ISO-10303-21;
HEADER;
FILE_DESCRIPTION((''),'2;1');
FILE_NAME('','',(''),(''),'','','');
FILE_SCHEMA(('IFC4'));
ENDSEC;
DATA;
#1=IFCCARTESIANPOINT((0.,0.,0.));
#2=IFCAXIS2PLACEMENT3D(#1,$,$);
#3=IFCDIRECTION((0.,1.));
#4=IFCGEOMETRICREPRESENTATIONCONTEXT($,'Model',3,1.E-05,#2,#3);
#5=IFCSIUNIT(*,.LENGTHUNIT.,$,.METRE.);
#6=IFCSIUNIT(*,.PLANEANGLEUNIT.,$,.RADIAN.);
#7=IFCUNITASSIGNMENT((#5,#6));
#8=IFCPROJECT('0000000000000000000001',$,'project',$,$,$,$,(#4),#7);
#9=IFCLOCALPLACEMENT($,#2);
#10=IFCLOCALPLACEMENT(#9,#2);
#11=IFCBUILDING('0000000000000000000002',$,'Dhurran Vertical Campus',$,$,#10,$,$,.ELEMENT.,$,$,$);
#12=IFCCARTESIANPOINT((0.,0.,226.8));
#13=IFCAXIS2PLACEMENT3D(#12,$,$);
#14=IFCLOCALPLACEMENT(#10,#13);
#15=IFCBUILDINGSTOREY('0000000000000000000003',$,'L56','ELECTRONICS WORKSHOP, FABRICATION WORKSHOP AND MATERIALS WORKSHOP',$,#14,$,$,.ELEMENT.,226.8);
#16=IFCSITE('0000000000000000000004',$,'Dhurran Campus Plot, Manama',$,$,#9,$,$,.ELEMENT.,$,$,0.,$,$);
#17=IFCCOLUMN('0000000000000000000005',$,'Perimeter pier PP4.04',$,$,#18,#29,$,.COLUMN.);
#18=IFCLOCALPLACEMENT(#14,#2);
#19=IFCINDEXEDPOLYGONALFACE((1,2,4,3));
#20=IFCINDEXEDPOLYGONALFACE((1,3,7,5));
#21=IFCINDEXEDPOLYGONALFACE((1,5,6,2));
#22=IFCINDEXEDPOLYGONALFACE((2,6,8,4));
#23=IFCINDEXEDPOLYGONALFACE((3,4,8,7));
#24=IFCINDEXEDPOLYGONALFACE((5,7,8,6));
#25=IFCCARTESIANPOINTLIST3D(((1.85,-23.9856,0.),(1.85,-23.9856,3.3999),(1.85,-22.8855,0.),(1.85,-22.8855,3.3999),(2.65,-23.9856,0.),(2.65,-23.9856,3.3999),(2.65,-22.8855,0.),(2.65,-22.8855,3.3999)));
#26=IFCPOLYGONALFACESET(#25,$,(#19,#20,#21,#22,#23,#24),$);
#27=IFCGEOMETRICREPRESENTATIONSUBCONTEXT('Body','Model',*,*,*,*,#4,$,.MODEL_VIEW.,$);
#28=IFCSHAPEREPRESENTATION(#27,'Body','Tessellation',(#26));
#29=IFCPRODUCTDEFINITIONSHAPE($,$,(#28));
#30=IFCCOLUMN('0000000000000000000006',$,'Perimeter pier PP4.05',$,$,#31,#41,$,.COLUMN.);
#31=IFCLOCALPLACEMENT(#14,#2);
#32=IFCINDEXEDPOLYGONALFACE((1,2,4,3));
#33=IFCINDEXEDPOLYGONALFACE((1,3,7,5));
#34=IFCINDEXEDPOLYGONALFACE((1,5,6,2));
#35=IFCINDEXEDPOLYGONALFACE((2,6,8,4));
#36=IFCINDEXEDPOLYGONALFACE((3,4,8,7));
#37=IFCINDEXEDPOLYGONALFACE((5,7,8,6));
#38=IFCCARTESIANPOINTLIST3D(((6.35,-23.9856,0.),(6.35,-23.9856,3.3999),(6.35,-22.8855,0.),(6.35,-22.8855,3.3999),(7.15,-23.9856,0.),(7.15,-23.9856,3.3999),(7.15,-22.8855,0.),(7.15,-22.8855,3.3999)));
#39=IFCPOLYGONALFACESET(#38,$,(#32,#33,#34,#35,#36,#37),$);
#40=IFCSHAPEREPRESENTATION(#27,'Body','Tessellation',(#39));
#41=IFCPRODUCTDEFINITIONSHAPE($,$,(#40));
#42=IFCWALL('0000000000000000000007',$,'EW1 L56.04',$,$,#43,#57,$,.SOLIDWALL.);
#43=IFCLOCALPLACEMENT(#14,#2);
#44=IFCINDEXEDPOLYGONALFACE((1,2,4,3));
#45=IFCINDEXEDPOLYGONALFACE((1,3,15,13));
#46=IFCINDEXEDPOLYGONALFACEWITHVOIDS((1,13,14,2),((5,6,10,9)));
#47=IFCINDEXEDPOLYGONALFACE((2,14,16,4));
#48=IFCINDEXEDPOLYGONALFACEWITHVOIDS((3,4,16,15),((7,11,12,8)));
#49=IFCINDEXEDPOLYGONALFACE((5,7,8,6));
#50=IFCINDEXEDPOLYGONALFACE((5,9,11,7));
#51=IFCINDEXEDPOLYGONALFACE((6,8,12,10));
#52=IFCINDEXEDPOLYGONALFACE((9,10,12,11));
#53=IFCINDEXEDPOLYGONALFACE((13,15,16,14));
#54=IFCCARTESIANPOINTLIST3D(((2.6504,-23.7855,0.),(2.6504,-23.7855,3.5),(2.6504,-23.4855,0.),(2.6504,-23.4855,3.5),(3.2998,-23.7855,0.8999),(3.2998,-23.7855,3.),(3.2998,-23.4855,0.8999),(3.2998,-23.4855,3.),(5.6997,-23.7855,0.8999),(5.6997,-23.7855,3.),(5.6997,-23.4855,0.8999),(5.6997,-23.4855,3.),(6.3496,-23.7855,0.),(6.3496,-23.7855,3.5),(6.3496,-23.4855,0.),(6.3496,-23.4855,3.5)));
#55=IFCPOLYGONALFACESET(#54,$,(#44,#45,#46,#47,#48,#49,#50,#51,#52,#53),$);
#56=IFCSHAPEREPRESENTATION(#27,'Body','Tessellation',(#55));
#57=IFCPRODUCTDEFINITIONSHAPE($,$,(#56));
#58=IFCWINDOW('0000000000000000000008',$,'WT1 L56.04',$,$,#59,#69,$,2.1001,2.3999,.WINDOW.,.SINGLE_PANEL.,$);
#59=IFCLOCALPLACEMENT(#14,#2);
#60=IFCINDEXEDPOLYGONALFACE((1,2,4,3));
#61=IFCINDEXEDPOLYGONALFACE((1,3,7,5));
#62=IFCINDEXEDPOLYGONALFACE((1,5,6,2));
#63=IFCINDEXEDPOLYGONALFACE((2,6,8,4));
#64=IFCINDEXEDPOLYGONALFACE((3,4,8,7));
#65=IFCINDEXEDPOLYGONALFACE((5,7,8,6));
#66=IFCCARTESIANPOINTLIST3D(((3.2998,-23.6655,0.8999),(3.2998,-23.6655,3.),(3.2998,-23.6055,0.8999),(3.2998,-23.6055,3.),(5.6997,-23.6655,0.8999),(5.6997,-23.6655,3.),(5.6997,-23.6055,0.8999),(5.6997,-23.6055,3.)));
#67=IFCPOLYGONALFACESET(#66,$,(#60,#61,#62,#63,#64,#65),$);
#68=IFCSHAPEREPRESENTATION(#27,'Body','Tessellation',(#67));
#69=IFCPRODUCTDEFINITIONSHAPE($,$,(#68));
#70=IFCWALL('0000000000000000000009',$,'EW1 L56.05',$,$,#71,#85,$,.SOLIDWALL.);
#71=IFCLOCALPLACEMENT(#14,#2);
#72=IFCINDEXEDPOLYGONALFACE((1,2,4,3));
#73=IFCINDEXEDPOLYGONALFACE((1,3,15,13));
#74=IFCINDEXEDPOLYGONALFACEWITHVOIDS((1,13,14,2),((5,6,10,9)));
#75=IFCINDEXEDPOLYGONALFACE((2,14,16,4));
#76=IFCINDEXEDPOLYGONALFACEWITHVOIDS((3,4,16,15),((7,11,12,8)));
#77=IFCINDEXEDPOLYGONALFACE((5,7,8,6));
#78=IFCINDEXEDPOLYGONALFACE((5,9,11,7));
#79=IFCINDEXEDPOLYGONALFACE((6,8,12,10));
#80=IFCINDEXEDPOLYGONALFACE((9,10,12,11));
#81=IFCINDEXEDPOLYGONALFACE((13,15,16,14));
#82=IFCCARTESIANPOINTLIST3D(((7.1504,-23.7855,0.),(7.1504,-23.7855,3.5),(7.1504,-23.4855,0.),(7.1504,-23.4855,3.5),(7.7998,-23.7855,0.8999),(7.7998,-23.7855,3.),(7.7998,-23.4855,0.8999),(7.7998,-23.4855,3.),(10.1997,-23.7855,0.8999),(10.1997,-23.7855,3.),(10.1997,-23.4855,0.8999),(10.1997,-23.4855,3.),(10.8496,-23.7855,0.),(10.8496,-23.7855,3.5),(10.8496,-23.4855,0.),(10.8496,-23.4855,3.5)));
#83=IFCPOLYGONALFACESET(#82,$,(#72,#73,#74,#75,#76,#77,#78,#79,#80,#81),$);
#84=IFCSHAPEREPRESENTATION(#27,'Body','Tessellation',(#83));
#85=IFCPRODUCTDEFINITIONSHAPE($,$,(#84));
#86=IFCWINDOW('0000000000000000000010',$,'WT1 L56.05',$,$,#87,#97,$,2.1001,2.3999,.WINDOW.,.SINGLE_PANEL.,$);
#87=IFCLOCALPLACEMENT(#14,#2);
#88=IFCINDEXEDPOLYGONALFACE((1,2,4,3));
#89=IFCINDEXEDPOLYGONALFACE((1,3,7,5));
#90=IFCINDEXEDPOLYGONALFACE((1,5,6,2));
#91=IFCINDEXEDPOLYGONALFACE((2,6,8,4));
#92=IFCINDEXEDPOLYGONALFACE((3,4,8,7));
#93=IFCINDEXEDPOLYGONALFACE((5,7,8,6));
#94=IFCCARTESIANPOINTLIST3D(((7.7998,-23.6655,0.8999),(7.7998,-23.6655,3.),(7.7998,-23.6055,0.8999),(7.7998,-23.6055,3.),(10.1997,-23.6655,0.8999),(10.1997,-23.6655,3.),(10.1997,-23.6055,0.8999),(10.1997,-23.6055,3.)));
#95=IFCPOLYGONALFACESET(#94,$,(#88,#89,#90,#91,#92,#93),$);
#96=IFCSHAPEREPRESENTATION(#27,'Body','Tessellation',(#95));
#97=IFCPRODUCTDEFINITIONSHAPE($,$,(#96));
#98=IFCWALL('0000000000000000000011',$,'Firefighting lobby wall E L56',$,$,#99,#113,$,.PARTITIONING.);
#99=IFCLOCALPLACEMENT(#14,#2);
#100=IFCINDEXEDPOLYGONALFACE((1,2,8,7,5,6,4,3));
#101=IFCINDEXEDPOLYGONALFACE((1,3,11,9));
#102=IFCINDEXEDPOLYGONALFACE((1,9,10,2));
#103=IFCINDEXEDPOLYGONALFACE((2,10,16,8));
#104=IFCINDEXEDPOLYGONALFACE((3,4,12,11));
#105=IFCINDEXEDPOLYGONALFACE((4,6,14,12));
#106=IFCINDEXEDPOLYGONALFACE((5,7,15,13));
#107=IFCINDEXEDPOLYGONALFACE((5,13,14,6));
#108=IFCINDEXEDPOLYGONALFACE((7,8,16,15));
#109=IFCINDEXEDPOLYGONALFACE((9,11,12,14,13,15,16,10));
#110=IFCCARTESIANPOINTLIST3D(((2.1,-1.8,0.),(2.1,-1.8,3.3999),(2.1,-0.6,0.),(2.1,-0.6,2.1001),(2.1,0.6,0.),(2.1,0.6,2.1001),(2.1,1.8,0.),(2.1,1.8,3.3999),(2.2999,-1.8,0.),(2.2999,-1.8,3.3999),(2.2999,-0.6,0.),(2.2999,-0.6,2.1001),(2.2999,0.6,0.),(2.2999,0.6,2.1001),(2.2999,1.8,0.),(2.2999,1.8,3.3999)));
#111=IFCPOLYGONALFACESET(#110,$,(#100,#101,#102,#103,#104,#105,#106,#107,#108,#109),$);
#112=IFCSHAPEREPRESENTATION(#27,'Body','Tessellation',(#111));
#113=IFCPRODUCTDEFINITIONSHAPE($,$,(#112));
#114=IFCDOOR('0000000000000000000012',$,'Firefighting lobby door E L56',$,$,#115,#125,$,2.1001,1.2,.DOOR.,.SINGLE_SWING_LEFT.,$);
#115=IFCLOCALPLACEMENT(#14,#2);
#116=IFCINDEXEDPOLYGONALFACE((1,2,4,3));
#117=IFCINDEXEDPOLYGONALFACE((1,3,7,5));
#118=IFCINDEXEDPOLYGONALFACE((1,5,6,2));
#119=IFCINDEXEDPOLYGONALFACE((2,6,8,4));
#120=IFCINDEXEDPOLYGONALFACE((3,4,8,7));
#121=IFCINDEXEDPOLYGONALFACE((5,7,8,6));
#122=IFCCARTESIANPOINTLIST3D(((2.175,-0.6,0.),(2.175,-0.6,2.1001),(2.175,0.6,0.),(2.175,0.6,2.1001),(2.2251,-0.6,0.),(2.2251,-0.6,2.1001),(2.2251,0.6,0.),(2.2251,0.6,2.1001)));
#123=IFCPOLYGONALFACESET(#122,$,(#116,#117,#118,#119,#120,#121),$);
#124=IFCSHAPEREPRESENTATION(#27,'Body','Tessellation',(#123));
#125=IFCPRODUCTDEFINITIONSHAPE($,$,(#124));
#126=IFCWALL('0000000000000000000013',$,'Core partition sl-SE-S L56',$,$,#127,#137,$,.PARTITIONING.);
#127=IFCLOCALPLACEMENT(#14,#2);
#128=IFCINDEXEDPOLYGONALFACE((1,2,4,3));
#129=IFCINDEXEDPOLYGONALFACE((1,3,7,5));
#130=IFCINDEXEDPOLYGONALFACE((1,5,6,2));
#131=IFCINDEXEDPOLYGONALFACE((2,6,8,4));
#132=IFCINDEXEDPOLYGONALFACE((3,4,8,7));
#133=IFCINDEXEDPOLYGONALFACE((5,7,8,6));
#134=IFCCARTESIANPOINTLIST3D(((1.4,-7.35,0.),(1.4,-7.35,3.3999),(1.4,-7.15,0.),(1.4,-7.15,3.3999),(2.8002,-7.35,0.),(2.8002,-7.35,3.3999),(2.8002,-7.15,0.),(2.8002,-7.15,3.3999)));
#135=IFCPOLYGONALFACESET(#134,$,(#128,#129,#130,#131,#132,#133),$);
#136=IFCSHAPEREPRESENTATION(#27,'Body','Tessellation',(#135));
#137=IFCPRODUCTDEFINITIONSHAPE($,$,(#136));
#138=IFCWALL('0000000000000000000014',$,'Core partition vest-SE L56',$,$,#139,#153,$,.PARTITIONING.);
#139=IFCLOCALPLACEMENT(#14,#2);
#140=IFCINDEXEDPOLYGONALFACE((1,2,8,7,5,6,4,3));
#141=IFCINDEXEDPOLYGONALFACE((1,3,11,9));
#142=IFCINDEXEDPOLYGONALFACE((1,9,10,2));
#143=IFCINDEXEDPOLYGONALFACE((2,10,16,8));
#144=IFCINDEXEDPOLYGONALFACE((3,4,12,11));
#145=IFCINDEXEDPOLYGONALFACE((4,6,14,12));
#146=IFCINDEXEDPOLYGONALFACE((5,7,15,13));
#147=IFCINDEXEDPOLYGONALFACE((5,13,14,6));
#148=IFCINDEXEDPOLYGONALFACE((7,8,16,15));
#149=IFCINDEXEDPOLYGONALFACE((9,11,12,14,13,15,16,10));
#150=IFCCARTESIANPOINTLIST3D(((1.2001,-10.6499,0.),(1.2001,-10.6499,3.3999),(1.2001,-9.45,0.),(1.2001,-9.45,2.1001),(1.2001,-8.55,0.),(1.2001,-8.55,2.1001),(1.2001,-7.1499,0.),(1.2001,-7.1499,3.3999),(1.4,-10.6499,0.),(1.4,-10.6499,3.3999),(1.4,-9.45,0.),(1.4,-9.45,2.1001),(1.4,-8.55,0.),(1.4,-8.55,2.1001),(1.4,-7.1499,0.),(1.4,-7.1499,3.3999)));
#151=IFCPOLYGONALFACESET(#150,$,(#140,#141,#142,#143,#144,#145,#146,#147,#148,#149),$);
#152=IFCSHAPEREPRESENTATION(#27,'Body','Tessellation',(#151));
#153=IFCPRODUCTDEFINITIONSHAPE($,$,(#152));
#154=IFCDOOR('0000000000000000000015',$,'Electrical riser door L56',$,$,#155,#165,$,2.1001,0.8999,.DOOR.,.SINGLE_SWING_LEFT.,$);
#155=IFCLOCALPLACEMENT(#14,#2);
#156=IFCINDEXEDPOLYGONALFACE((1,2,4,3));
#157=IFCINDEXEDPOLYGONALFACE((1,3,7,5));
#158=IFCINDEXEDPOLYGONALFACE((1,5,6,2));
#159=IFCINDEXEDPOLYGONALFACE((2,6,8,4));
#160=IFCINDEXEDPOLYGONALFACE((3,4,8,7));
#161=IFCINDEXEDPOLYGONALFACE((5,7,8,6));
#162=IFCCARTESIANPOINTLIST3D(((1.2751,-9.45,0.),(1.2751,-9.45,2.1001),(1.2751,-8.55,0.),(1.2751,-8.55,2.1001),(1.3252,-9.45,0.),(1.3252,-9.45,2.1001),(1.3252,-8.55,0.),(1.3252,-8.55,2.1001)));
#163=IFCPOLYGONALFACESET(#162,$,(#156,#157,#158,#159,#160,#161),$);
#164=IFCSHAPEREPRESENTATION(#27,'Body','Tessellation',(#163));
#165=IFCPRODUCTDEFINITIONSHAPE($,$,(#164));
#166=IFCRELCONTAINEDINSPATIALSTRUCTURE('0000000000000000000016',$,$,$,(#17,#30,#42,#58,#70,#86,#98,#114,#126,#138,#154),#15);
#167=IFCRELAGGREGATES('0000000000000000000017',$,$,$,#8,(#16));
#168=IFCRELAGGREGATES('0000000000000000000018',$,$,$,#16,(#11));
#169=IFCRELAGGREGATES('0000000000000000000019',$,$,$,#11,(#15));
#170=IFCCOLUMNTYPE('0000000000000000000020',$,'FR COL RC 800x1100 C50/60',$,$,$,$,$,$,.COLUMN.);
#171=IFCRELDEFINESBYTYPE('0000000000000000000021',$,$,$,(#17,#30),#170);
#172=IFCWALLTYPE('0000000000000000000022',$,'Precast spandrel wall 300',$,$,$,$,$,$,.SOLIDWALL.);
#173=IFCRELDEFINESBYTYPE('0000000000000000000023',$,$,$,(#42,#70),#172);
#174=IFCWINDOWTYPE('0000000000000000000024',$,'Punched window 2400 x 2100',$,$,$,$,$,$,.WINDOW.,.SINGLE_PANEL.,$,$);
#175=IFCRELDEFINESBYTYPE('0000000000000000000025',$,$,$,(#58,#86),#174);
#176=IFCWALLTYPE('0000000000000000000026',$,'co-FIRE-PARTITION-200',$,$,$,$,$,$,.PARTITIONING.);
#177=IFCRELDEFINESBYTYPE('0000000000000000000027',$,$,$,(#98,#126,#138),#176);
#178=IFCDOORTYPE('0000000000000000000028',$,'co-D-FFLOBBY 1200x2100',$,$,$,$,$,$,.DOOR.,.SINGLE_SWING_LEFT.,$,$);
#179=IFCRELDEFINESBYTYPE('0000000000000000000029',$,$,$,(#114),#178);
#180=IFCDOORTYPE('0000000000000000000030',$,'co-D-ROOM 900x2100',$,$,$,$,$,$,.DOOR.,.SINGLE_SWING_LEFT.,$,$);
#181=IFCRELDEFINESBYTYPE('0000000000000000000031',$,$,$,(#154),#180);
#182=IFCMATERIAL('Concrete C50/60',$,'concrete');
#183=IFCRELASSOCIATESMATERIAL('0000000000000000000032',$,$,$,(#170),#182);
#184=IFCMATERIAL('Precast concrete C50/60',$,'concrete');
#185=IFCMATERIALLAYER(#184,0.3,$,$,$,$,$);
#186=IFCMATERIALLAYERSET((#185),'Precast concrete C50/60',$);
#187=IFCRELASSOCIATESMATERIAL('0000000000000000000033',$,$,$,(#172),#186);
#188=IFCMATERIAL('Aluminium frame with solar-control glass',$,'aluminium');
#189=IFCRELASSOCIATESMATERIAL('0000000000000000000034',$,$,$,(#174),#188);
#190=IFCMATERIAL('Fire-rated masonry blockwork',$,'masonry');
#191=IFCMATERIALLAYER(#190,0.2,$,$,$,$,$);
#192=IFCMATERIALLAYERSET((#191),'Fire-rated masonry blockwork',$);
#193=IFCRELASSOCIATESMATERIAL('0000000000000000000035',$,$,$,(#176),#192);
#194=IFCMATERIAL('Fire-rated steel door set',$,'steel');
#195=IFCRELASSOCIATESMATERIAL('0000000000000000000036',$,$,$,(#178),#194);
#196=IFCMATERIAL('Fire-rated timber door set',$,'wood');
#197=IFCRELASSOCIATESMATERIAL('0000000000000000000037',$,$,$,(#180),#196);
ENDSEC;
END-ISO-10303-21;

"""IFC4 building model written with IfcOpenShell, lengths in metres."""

from ifc_helpers import new_model, si_unit, direction, frame, frame_2d, origin, origin_2d, place, context, subcontext, project, spatial, rectangle, extrude, material, layer, layer_set, material_profile, profile_set, type_object, element, fill, save


model = new_model("IFC4")

# Units and contexts
model_context = context("Model", 3, precision=1e-05, world=origin(), true_north=direction((0.0, 1.0)))
body_context = subcontext(model_context, "Body", "Model", "MODEL_VIEW")
ifc_project = project(units=[si_unit("LENGTHUNIT", "METRE"), si_unit("PLANEANGLEUNIT", "RADIAN")], contexts=[model_context])

# Site, building, storey
site_placement = place(None, origin())
site = spatial("IfcSite", under=ifc_project, at=site_placement, Name="Dhurran Campus Plot, Manama", CompositionType="ELEMENT", RefElevation=0.0)
building_placement = place(site_placement, origin())
building = spatial("IfcBuilding", under=site, at=building_placement, Name="Dhurran Vertical Campus", CompositionType="ELEMENT")
storey_placement = place(building_placement, frame((0.0, 0.0, 226.8)))
storey = spatial("IfcBuildingStorey", under=building, at=storey_placement, Name="L56", Description="ELECTRONICS WORKSHOP, FABRICATION WORKSHOP AND MATERIALS WORKSHOP", CompositionType="ELEMENT", Elevation=226.8)

# Columns
ifc_material_1 = material(Name="Concrete C50/60", Category="concrete")
ifc_material_profile = material_profile(ifc_material_1, rectangle(XDim=0.8, YDim=1.1001, at=origin_2d()), Name="RC 800x1100")
ifc_profile_set = profile_set([ifc_material_profile], Name="Concrete C50/60")
column_type = type_object("IfcColumnType", Name="FR COL RC 800x1100 C50/60", PredefinedType="COLUMN", material=ifc_profile_set)
for number, where, z_axis, x_axis, name in (
    (1, (2.25, -23.4355, 0.0), (0.0, 0.0, 1.0), (1.0, 0.0, 0.0), "Perimeter pier PP4.04"),
    (2, (6.75, -23.4355, 0.0), (0.0, 0.0, 1.0), (1.0, 0.0, 0.0), "Perimeter pier PP4.05"),
):
    element("IfcColumn", number, at=place(storey_placement, frame(where, z_axis=z_axis, x_axis=x_axis)), inside=storey, type_object=column_type, Name=name, PredefinedType="COLUMN", context=body_context, shape_type="SweptSolid", body=[
        extrude(rectangle(XDim=0.8, YDim=1.1001, at=origin_2d()), origin(), (0.0, 0.0, 1.0), 3.3999),
    ])

# Walls, openings, windows
ifc_material_2 = material(Name="Precast concrete C50/60", Category="concrete")
ifc_layer_1 = layer(ifc_material_2, 0.3)
ifc_layer_set_1 = layer_set([ifc_layer_1], Name="Precast concrete C50/60")
wall_type_1 = type_object("IfcWallType", Name="Precast spandrel wall 300", PredefinedType="SOLIDWALL", material=ifc_layer_set_1)
wall_1_placement = place(storey_placement, frame((2.6504, -23.6355, 0.0), z_axis=(0.0, 0.0, 1.0), x_axis=(1.0, 0.0, 0.0)))
wall_1 = element("IfcWall", 3, at=wall_1_placement, inside=storey, type_object=wall_type_1, Name="EW1 L56.04", PredefinedType="SOLIDWALL", context=body_context, shape_type="SweptSolid", body=[
    extrude(rectangle(XDim=3.6992, YDim=0.3, at=frame_2d((1.8496, 0.0))), origin(), (0.0, 0.0, 1.0), 3.5),
])
opening_1_placement = place(wall_1_placement, frame((0.6494, 0.0, 0.8999)))
opening_1 = element("IfcOpeningElement", 4, at=opening_1_placement, cuts=wall_1, PredefinedType="OPENING", context=body_context, shape_type="SweptSolid", body=[
    extrude(rectangle(XDim=2.3999, YDim=2.1001, at=frame_2d((1.2, 1.05))), frame((0.0, 0.1599, 0.0), z_axis=(0.0, -1.0, 0.0), x_axis=(1.0, 0.0, 0.0)), (0.0, 0.0, 1.0), 0.3201),
])
ifc_material_3 = material(Name="Aluminium frame with solar-control glass", Category="aluminium")
window_type = type_object("IfcWindowType", Name="Punched window 2400 x 2100", PartitioningType="SINGLE_PANEL", PredefinedType="WINDOW", material=ifc_material_3)
window_1_placement = place(opening_1_placement, origin())
window_1 = element("IfcWindow", 5, at=window_1_placement, inside=storey, type_object=window_type, Name="WT1 L56.04", OverallHeight=2.1001, OverallWidth=2.3999, PartitioningType="SINGLE_PANEL", PredefinedType="WINDOW", context=body_context, shape_type="SweptSolid", body=[
    extrude(rectangle(XDim=2.3999, YDim=2.1001, at=frame_2d((1.2, 1.05))), frame((0.0, 0.03, 0.0), z_axis=(0.0, -1.0, 0.0), x_axis=(1.0, 0.0, 0.0)), (0.0, 0.0, 1.0), 0.0601),
])
fill(opening_1, window_1)
wall_2_placement = place(storey_placement, frame((7.1504, -23.6355, 0.0), z_axis=(0.0, 0.0, 1.0), x_axis=(1.0, 0.0, 0.0)))
wall_2 = element("IfcWall", 6, at=wall_2_placement, inside=storey, type_object=wall_type_1, Name="EW1 L56.05", PredefinedType="SOLIDWALL", context=body_context, shape_type="SweptSolid", body=[
    extrude(rectangle(XDim=3.6992, YDim=0.3, at=frame_2d((1.8496, 0.0))), origin(), (0.0, 0.0, 1.0), 3.5),
])
opening_2_placement = place(wall_2_placement, frame((0.6494, 0.0, 0.8999)))
opening_2 = element("IfcOpeningElement", 7, at=opening_2_placement, cuts=wall_2, PredefinedType="OPENING", context=body_context, shape_type="SweptSolid", body=[
    extrude(rectangle(XDim=2.3999, YDim=2.1001, at=frame_2d((1.2, 1.05))), frame((0.0, 0.1599, 0.0), z_axis=(0.0, -1.0, 0.0), x_axis=(1.0, 0.0, 0.0)), (0.0, 0.0, 1.0), 0.3201),
])
window_2_placement = place(opening_2_placement, origin())
window_2 = element("IfcWindow", 8, at=window_2_placement, inside=storey, type_object=window_type, Name="WT1 L56.05", OverallHeight=2.1001, OverallWidth=2.3999, PartitioningType="SINGLE_PANEL", PredefinedType="WINDOW", context=body_context, shape_type="SweptSolid", body=[
    extrude(rectangle(XDim=2.3999, YDim=2.1001, at=frame_2d((1.2, 1.05))), frame((0.0, 0.03, 0.0), z_axis=(0.0, -1.0, 0.0), x_axis=(1.0, 0.0, 0.0)), (0.0, 0.0, 1.0), 0.0601),
])
fill(opening_2, window_2)

# Wall, opening, door
ifc_material_4 = material(Name="Fire-rated masonry blockwork", Category="masonry")
ifc_layer_2 = layer(ifc_material_4, 0.2)
ifc_layer_set_2 = layer_set([ifc_layer_2], Name="Fire-rated masonry blockwork")
wall_type_2 = type_object("IfcWallType", Name="co-FIRE-PARTITION-200", PredefinedType="PARTITIONING", material=ifc_layer_set_2)
wall_3_placement = place(storey_placement, frame((2.2, -1.8, 0.0), z_axis=(0.0, 0.0, 1.0), x_axis=(0.0, 1.0, 0.0)))
wall_3 = element("IfcWall", 9, at=wall_3_placement, inside=storey, type_object=wall_type_2, Name="Firefighting lobby wall E L56", PredefinedType="PARTITIONING", context=body_context, shape_type="SweptSolid", body=[
    extrude(rectangle(XDim=3.6001, YDim=0.2, at=frame_2d((1.8, 0.0))), origin(), (0.0, 0.0, 1.0), 3.3999),
])
opening_3_placement = place(wall_3_placement, frame((1.2, 0.0, 0.0)))
opening_3 = element("IfcOpeningElement", 10, at=opening_3_placement, cuts=wall_3, PredefinedType="OPENING", context=body_context, shape_type="SweptSolid", body=[
    extrude(rectangle(XDim=1.2, YDim=2.1001, at=frame_2d((0.6001, 1.05))), frame((0.0, 0.1099, 0.0), z_axis=(0.0, -1.0, 0.0), x_axis=(1.0, 0.0, 0.0)), (0.0, 0.0, 1.0), 0.22),
])
ifc_material_5 = material(Name="Fire-rated steel door set", Category="steel")
door_type_1 = type_object("IfcDoorType", Name="co-D-FFLOBBY 1200x2100", OperationType="SINGLE_SWING_LEFT", PredefinedType="DOOR", material=ifc_material_5)
door_1_placement = place(opening_3_placement, origin())
door_1 = element("IfcDoor", 11, at=door_1_placement, inside=storey, type_object=door_type_1, Name="Firefighting lobby door E L56", OperationType="SINGLE_SWING_LEFT", OverallHeight=2.1001, OverallWidth=1.2, PredefinedType="DOOR", context=body_context, shape_type="SweptSolid", body=[
    extrude(rectangle(XDim=1.2, YDim=2.1001, at=frame_2d((0.6001, 1.05))), frame((0.0, 0.0249, 0.0), z_axis=(0.0, -1.0, 0.0), x_axis=(1.0, 0.0, 0.0)), (0.0, 0.0, 1.0), 0.05),
])
fill(opening_3, door_1)

# Wall
wall_4_placement = place(storey_placement, frame((1.3999, -7.25, 0.0), z_axis=(0.0, 0.0, 1.0), x_axis=(1.0, 0.0, 0.0)))
element("IfcWall", 12, at=wall_4_placement, inside=storey, type_object=wall_type_2, Name="Core partition sl-SE-S L56", PredefinedType="PARTITIONING", context=body_context, shape_type="SweptSolid", body=[
    extrude(rectangle(XDim=1.4001, YDim=0.2, at=frame_2d((0.7002, 0.0))), origin(), (0.0, 0.0, 1.0), 3.3999),
])

# Wall, opening, door
wall_5_placement = place(storey_placement, frame((1.3, -10.6499, 0.0), z_axis=(0.0, 0.0, 1.0), x_axis=(0.0, 1.0, 0.0)))
wall_5 = element("IfcWall", 13, at=wall_5_placement, inside=storey, type_object=wall_type_2, Name="Core partition vest-SE L56", PredefinedType="PARTITIONING", context=body_context, shape_type="SweptSolid", body=[
    extrude(rectangle(XDim=3.5, YDim=0.2, at=frame_2d((1.75, 0.0))), origin(), (0.0, 0.0, 1.0), 3.3999),
])
opening_4_placement = place(wall_5_placement, frame((1.2, 0.0, 0.0)))
opening_4 = element("IfcOpeningElement", 14, at=opening_4_placement, cuts=wall_5, PredefinedType="OPENING", context=body_context, shape_type="SweptSolid", body=[
    extrude(rectangle(XDim=0.8999, YDim=2.1001, at=frame_2d((0.45, 1.05))), frame((0.0, 0.1099, 0.0), z_axis=(0.0, -1.0, 0.0), x_axis=(1.0, 0.0, 0.0)), (0.0, 0.0, 1.0), 0.22),
])
ifc_material_6 = material(Name="Fire-rated timber door set", Category="wood")
door_type_2 = type_object("IfcDoorType", Name="co-D-ROOM 900x2100", OperationType="SINGLE_SWING_LEFT", PredefinedType="DOOR", material=ifc_material_6)
door_2_placement = place(opening_4_placement, origin())
door_2 = element("IfcDoor", 15, at=door_2_placement, inside=storey, type_object=door_type_2, Name="Electrical riser door L56", OperationType="SINGLE_SWING_LEFT", OverallHeight=2.1001, OverallWidth=0.8999, PredefinedType="DOOR", context=body_context, shape_type="SweptSolid", body=[
    extrude(rectangle(XDim=0.8999, YDim=2.1001, at=frame_2d((0.45, 1.05))), frame((0.0, 0.0249, 0.0), z_axis=(0.0, -1.0, 0.0), x_axis=(1.0, 0.0, 0.0)), (0.0, 0.0, 1.0), 0.05),
])
fill(opening_4, door_2)

save(model, "model.ifc")
